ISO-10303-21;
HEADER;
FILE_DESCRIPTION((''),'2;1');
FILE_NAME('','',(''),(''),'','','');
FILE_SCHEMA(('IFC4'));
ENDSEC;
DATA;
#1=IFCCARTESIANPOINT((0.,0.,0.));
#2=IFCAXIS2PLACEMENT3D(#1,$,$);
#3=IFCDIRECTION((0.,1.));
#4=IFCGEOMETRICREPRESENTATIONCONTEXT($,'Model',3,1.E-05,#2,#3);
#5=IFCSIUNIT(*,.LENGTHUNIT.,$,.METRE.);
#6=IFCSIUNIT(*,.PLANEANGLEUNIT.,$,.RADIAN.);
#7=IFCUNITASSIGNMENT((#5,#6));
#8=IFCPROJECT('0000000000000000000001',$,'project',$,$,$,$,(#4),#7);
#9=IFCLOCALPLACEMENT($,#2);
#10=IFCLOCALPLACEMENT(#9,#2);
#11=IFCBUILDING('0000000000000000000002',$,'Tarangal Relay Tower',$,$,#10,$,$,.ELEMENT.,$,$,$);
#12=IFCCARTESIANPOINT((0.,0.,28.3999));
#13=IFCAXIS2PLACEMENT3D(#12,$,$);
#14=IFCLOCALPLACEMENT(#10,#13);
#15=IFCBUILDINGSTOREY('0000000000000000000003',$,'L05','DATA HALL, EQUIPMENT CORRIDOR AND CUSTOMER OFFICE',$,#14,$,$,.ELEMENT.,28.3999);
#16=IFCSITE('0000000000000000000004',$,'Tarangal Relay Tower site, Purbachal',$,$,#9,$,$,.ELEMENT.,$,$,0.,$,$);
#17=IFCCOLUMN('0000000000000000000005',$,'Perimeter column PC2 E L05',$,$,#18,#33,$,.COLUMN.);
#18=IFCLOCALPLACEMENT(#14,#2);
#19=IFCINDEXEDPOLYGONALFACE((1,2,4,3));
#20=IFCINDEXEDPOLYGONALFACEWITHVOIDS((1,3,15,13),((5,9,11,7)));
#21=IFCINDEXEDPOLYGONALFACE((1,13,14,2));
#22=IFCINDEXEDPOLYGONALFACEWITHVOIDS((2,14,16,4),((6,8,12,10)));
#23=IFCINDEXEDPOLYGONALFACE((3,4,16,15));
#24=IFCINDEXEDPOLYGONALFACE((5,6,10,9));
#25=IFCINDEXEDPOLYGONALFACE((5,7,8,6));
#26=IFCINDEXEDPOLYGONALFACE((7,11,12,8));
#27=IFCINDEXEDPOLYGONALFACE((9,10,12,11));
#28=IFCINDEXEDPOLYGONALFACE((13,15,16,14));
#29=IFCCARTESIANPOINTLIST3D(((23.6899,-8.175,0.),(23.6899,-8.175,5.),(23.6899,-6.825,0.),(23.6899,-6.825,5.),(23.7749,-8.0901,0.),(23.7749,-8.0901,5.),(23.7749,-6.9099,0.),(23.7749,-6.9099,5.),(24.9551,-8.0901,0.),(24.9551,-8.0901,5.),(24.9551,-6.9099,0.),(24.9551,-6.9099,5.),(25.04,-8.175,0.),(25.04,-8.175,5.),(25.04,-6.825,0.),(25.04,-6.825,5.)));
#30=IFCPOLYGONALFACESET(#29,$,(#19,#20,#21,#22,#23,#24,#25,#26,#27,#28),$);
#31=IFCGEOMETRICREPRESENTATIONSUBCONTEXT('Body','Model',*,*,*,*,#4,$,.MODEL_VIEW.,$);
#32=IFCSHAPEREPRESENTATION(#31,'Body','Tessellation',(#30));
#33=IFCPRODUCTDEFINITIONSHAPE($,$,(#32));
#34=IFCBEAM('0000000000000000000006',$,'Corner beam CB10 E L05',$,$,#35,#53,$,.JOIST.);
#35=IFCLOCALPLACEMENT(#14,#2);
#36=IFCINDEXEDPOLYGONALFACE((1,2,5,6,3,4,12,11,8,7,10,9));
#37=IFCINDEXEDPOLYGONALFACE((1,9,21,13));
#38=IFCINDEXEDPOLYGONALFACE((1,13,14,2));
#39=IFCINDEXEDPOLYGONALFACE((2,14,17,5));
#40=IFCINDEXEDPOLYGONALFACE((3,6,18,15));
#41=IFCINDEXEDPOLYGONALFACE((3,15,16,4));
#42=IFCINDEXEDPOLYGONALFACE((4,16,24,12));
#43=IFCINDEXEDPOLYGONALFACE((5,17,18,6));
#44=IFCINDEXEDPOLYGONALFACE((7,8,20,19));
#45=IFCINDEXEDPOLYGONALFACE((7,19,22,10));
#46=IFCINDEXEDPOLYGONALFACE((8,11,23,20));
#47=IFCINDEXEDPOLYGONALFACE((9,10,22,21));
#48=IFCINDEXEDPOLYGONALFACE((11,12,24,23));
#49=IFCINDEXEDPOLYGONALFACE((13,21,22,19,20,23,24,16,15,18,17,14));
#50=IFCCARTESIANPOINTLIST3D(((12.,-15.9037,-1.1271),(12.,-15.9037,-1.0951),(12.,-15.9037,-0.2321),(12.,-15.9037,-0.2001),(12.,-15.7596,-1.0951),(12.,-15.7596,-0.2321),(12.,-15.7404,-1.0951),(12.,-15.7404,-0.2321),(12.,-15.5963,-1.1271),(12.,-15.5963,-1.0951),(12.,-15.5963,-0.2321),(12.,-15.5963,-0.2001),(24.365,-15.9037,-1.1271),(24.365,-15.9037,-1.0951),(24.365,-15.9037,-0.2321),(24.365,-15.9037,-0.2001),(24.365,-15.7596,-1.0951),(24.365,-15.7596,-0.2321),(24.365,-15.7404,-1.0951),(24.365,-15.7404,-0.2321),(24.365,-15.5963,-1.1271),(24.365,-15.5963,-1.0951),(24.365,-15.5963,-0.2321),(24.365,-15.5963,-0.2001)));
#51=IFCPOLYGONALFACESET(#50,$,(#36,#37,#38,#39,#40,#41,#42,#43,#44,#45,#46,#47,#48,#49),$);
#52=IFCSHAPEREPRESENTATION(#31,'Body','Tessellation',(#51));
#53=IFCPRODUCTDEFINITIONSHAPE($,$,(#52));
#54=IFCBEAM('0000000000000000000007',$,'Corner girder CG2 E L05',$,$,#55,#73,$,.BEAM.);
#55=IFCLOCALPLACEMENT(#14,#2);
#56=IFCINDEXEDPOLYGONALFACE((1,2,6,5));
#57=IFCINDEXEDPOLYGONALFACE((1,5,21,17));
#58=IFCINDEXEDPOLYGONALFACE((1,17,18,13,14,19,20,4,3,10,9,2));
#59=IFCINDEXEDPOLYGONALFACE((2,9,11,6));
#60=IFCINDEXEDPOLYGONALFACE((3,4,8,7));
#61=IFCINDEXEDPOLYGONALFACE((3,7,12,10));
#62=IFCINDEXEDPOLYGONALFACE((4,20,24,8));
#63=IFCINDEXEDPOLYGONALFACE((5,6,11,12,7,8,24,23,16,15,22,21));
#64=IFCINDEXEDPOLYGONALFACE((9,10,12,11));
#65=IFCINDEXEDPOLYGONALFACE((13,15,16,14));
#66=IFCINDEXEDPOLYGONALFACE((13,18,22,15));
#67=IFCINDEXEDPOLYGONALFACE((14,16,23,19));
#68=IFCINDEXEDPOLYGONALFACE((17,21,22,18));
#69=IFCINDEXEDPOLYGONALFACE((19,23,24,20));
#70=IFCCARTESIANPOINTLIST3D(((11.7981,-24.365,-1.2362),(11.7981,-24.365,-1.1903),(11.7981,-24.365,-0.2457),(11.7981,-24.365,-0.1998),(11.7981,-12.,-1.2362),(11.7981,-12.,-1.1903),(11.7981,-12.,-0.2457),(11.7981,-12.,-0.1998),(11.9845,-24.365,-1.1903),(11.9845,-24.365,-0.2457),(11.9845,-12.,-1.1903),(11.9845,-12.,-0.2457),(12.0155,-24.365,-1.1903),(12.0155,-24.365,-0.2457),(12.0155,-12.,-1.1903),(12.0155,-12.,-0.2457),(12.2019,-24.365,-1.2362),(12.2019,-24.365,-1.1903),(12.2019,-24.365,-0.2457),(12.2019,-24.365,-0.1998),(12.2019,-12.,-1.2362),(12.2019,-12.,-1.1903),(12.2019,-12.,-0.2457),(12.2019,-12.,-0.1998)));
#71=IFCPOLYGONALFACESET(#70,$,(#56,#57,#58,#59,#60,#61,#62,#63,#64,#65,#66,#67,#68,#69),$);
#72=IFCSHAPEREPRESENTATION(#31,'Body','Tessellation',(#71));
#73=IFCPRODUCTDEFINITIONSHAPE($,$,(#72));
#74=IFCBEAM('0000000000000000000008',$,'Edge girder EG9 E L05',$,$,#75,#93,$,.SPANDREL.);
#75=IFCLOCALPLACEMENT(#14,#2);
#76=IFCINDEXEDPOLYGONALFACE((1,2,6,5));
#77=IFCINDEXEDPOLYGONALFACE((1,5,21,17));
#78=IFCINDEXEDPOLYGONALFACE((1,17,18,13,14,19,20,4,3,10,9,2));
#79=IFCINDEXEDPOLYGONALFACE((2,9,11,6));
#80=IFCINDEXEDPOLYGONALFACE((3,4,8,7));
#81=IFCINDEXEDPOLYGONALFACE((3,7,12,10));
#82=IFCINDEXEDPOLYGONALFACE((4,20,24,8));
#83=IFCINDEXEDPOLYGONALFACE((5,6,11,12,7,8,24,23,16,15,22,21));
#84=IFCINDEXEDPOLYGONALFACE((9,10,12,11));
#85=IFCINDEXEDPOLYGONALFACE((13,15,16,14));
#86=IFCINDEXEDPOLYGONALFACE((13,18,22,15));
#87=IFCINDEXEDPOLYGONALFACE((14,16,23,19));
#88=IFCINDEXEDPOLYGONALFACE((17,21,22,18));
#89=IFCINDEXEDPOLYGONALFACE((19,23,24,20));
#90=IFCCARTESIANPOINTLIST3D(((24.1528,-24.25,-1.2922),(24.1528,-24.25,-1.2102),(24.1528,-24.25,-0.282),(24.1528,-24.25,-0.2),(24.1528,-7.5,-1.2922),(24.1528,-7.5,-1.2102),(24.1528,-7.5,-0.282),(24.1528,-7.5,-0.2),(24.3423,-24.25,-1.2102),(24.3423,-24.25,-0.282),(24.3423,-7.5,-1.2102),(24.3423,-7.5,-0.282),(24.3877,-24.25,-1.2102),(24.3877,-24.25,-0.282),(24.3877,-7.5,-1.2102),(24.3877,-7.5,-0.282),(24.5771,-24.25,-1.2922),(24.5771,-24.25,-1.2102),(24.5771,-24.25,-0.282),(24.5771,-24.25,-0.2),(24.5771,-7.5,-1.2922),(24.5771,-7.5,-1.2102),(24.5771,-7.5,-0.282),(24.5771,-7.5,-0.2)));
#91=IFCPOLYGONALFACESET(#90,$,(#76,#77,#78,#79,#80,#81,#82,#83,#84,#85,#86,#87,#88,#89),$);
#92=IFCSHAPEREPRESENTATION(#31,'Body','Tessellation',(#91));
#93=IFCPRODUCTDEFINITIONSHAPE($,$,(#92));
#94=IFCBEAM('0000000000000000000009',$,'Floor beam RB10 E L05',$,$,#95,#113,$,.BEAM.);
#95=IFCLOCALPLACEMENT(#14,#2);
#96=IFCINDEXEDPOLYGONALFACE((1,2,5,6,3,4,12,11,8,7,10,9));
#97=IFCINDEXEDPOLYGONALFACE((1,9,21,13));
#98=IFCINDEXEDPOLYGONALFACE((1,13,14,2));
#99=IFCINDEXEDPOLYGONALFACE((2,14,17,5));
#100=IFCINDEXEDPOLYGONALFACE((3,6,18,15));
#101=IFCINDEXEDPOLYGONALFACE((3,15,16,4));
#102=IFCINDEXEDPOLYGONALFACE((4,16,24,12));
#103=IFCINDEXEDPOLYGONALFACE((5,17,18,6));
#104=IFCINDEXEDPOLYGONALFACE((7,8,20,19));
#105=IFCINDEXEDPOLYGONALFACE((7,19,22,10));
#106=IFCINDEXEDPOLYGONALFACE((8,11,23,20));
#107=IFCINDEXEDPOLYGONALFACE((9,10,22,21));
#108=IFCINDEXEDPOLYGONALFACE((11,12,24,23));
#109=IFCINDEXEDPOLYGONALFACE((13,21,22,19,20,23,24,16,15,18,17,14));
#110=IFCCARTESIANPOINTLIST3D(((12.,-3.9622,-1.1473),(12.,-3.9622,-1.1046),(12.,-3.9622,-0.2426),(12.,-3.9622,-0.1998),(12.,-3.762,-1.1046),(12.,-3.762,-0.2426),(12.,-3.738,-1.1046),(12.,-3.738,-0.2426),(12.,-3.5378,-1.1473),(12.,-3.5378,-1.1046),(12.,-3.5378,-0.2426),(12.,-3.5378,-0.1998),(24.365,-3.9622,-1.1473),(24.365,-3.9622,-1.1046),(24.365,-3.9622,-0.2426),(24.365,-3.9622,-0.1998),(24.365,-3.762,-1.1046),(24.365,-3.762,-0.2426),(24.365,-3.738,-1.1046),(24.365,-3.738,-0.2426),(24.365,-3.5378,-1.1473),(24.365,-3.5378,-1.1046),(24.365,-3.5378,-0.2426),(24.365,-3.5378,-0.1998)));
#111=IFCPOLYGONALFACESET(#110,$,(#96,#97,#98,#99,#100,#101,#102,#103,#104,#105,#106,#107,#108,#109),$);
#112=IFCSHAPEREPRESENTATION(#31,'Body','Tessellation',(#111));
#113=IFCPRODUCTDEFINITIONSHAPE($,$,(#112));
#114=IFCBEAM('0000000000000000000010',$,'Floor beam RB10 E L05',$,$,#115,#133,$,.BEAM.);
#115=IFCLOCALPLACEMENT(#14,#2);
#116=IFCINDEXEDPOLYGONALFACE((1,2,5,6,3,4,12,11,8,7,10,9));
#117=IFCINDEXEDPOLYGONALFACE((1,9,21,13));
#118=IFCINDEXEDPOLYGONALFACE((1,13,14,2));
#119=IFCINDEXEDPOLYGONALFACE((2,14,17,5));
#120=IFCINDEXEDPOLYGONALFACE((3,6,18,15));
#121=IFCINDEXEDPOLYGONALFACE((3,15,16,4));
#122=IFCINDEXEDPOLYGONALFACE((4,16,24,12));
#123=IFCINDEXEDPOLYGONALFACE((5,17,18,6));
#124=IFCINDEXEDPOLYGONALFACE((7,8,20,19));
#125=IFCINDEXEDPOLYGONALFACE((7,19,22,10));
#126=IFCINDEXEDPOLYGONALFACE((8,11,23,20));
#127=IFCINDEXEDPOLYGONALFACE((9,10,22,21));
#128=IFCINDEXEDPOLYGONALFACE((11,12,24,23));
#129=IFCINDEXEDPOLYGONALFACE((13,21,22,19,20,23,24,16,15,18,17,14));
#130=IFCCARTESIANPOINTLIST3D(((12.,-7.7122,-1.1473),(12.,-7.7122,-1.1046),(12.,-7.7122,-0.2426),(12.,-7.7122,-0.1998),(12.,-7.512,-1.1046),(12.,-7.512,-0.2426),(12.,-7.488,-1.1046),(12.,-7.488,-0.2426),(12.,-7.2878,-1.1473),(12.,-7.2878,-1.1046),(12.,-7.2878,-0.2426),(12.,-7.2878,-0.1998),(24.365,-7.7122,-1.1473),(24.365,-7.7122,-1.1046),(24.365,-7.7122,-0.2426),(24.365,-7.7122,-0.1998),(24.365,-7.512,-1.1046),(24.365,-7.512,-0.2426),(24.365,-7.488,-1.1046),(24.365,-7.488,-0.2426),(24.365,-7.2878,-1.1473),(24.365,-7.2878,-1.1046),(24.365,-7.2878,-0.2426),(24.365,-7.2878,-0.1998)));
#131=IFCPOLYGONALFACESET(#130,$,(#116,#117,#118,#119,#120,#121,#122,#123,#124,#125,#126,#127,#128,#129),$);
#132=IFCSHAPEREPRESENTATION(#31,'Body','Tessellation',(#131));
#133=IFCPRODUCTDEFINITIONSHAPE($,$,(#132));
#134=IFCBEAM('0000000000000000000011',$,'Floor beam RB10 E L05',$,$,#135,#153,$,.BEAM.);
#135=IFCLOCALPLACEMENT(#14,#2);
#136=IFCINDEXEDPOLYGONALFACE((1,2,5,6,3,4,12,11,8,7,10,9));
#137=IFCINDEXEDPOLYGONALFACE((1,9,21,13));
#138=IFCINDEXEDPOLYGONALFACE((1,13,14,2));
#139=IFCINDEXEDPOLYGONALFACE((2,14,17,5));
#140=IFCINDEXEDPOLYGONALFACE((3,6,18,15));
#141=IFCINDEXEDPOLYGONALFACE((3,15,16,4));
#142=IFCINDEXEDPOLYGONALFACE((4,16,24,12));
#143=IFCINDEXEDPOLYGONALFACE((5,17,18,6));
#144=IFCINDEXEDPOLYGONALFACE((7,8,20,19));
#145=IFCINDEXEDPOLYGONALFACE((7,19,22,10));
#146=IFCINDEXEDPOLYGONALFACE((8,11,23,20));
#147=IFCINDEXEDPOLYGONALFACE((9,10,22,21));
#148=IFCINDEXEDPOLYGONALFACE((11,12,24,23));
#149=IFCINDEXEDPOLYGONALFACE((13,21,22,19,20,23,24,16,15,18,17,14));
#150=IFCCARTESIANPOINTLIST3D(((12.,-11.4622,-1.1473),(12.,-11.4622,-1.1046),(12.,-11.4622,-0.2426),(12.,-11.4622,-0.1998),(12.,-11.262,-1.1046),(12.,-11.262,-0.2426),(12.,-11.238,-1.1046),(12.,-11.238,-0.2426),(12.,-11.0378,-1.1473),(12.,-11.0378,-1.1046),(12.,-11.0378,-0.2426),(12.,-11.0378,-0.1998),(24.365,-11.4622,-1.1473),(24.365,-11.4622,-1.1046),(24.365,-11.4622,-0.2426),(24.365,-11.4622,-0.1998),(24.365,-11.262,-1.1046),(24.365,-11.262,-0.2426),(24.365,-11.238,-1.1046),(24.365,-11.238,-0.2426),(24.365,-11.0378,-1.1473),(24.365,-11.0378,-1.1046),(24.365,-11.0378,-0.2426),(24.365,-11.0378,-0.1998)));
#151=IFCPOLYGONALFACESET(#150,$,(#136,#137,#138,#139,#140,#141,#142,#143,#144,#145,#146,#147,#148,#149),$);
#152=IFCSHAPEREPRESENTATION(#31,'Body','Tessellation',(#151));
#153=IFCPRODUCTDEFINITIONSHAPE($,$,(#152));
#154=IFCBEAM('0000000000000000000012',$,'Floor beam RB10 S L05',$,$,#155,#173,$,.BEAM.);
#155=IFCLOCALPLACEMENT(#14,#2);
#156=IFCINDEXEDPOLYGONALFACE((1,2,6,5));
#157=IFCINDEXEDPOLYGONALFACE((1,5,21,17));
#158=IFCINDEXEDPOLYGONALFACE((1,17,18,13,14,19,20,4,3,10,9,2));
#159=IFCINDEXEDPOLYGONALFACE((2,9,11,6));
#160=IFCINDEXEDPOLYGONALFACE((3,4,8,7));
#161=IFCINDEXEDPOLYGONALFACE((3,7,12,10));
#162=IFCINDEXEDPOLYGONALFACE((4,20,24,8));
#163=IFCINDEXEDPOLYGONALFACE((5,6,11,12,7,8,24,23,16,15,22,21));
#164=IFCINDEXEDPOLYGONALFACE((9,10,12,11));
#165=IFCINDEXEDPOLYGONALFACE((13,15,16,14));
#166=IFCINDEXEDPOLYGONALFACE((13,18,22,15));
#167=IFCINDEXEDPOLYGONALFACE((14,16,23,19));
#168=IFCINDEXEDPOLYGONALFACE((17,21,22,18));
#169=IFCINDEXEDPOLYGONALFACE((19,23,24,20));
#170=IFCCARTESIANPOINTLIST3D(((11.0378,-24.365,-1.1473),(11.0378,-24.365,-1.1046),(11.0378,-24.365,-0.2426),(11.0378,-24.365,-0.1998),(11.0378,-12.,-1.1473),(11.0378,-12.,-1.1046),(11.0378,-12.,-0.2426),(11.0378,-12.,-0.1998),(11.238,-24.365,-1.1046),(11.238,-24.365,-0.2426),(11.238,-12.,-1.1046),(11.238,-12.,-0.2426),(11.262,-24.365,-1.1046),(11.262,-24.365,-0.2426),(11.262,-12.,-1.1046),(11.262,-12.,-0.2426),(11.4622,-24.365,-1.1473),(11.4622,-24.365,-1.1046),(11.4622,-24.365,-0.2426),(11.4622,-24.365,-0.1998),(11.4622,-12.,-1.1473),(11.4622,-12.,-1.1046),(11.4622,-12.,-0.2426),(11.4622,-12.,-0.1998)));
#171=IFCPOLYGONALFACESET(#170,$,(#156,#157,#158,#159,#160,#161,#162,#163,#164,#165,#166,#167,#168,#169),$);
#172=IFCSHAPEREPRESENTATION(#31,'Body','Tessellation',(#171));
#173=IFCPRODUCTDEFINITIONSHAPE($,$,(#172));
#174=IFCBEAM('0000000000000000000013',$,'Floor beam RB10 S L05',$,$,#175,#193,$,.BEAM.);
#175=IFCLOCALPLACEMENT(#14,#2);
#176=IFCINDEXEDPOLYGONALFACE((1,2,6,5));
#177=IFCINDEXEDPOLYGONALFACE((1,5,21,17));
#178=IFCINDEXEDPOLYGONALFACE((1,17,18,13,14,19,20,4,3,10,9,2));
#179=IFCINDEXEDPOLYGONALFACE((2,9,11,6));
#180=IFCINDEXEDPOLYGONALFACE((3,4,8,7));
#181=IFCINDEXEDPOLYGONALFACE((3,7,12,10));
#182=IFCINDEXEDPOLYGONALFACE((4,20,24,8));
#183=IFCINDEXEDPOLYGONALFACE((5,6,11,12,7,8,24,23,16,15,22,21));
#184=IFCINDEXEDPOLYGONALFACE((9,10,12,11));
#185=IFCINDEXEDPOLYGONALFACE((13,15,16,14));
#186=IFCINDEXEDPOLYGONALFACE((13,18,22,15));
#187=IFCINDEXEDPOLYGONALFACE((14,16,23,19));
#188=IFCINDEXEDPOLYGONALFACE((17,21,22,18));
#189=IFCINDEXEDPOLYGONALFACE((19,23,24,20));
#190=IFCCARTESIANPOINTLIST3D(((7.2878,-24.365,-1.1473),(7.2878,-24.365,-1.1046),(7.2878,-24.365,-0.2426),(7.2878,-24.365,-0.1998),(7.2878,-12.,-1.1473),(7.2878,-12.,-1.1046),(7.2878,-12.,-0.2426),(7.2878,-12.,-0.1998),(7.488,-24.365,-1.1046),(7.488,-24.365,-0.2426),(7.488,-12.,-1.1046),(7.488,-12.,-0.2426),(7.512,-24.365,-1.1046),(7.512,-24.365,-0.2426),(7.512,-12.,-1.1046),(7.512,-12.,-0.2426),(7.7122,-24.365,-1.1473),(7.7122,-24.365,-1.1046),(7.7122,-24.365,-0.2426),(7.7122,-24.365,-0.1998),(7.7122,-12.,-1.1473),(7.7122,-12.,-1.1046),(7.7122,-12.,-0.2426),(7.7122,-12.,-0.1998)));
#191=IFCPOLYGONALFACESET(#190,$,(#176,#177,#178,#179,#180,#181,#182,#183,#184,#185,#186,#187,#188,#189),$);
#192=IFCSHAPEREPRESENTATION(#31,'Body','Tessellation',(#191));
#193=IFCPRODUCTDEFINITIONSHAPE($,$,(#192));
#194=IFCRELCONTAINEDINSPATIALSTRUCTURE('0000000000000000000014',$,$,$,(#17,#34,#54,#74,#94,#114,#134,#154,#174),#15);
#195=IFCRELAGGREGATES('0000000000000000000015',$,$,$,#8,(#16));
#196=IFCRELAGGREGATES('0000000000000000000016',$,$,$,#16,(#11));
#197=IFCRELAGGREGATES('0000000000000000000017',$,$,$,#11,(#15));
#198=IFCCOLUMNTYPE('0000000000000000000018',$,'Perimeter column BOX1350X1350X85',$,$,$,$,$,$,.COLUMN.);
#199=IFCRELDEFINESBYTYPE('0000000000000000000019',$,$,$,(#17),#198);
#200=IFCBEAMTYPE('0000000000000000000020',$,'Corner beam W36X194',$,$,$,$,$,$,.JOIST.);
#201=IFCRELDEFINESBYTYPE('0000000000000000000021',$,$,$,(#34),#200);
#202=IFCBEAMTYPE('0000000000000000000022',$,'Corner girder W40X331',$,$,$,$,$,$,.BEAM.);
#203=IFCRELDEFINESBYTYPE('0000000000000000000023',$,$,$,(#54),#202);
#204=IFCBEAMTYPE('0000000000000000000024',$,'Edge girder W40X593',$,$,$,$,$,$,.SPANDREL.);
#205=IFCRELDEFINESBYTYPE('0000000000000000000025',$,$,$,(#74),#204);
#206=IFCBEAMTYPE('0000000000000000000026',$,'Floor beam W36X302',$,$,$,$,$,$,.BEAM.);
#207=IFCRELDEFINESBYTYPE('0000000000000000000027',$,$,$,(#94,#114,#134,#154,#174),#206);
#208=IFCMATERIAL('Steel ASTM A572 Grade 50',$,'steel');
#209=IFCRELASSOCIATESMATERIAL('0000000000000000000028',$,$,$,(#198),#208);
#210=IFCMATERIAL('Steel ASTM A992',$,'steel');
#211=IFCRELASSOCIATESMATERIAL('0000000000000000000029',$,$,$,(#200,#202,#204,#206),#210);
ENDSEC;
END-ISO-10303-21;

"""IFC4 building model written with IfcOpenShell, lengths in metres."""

from ifc_helpers import new_model, si_unit, direction, frame, origin, origin_2d, place, context, subcontext, project, spatial, hollow_rectangle, i_section, extrude, material, material_profile, profile_set, type_object, element, save


model = new_model("IFC4")

# Units and contexts
model_context = context("Model", 3, precision=1e-05, world=origin(), true_north=direction((0.0, 1.0)))
body_context = subcontext(model_context, "Body", "Model", "MODEL_VIEW")
ifc_project = project(units=[si_unit("LENGTHUNIT", "METRE"), si_unit("PLANEANGLEUNIT", "RADIAN")], contexts=[model_context])

# Site, building, storey
site_placement = place(None, origin())
site = spatial("IfcSite", under=ifc_project, at=site_placement, Name="Tarangal Relay Tower site, Purbachal", CompositionType="ELEMENT", RefElevation=0.0)
building_placement = place(site_placement, origin())
building = spatial("IfcBuilding", under=site, at=building_placement, Name="Tarangal Relay Tower", CompositionType="ELEMENT")
storey_placement = place(building_placement, frame((0.0, 0.0, 28.3999)))
storey = spatial("IfcBuildingStorey", under=building, at=storey_placement, Name="L05", Description="DATA HALL, EQUIPMENT CORRIDOR AND CUSTOMER OFFICE", CompositionType="ELEMENT", Elevation=28.3999)

# Column
ifc_material_1 = material(Name="Steel ASTM A572 Grade 50", Category="steel")
ifc_material_profile_1 = material_profile(ifc_material_1, hollow_rectangle(XDim=1.3501, YDim=1.3501, WallThickness=0.085, at=origin_2d()), Name="BOX1350X1350X85")
ifc_profile_set_1 = profile_set([ifc_material_profile_1], Name="Steel ASTM A572 Grade 50")
column_type = type_object("IfcColumnType", Name="Perimeter column BOX1350X1350X85", PredefinedType="COLUMN", material=ifc_profile_set_1)
column_placement = place(storey_placement, frame((24.365, -7.5, 0.0), z_axis=(0.0, 0.0, 1.0), x_axis=(1.0, 0.0, 0.0)))
element("IfcColumn", 1, at=column_placement, inside=storey, type_object=column_type, Name="Perimeter column PC2 E L05", PredefinedType="COLUMN", context=body_context, shape_type="SweptSolid", body=[
    extrude(hollow_rectangle(XDim=1.3501, YDim=1.3501, WallThickness=0.085, at=origin_2d()), origin(), (0.0, 0.0, 1.0), 5.0),
])

# Beams
ifc_material_2 = material(Name="Steel ASTM A992", Category="steel")
ifc_material_profile_2 = material_profile(ifc_material_2, i_section(OverallWidth=0.3074, OverallDepth=0.927, WebThickness=0.0193, FlangeThickness=0.032, at=origin_2d()), Name="W36X194")
ifc_profile_set_2 = profile_set([ifc_material_profile_2], Name="Steel ASTM A992")
beam_type_1 = type_object("IfcBeamType", Name="Corner beam W36X194", PredefinedType="JOIST", material=ifc_profile_set_2)
beam_1_placement = place(storey_placement, frame((12.0, -15.75, -0.6636), z_axis=(1.0, 0.0, 0.0), x_axis=(0.0, 1.0, 0.0)))
element("IfcBeam", 2, at=beam_1_placement, inside=storey, type_object=beam_type_1, Name="Corner beam CB10 E L05", PredefinedType="JOIST", context=body_context, shape_type="SweptSolid", body=[
    extrude(i_section(OverallWidth=0.3074, OverallDepth=0.927, WebThickness=0.0193, FlangeThickness=0.032, at=origin_2d()), origin(), (0.0, 0.0, 1.0), 12.365),
])
ifc_material_profile_3 = material_profile(ifc_material_2, i_section(OverallWidth=0.4038, OverallDepth=1.0364, WebThickness=0.031, FlangeThickness=0.0459, at=origin_2d()), Name="W40X331")
ifc_profile_set_3 = profile_set([ifc_material_profile_3], Name="Steel ASTM A992")
beam_type_2 = type_object("IfcBeamType", Name="Corner girder W40X331", PredefinedType="BEAM", material=ifc_profile_set_3)
beam_2_placement = place(storey_placement, frame((12.0, -12.0, -0.718), z_axis=(0.0, -1.0, 0.0), x_axis=(1.0, 0.0, 0.0)))
element("IfcBeam", 3, at=beam_2_placement, inside=storey, type_object=beam_type_2, Name="Corner girder CG2 E L05", PredefinedType="BEAM", context=body_context, shape_type="SweptSolid", body=[
    extrude(i_section(OverallWidth=0.4038, OverallDepth=1.0364, WebThickness=0.031, FlangeThickness=0.0459, at=origin_2d()), origin(), (0.0, 0.0, 1.0), 12.365),
])
ifc_material_profile_4 = material_profile(ifc_material_2, i_section(OverallWidth=0.4243, OverallDepth=1.0923, WebThickness=0.0454, FlangeThickness=0.082, at=origin_2d()), Name="W40X593")
ifc_profile_set_4 = profile_set([ifc_material_profile_4], Name="Steel ASTM A992")
beam_type_3 = type_object("IfcBeamType", Name="Edge girder W40X593", PredefinedType="SPANDREL", material=ifc_profile_set_4)
beam_3_placement = place(storey_placement, frame((24.365, -7.5, -0.7461), z_axis=(0.0, -1.0, 0.0), x_axis=(1.0, 0.0, 0.0)))
element("IfcBeam", 4, at=beam_3_placement, inside=storey, type_object=beam_type_3, Name="Edge girder EG9 E L05", PredefinedType="SPANDREL", context=body_context, shape_type="SweptSolid", body=[
    extrude(i_section(OverallWidth=0.4243, OverallDepth=1.0923, WebThickness=0.0454, FlangeThickness=0.082, at=origin_2d()), origin(), (0.0, 0.0, 1.0), 16.75),
])
ifc_material_profile_5 = material_profile(ifc_material_2, i_section(OverallWidth=0.4243, OverallDepth=0.9475, WebThickness=0.0239, FlangeThickness=0.0427, at=origin_2d()), Name="W36X302")
ifc_profile_set_5 = profile_set([ifc_material_profile_5], Name="Steel ASTM A992")
beam_type_4 = type_object("IfcBeamType", Name="Floor beam W36X302", PredefinedType="BEAM", material=ifc_profile_set_5)
for number, where, z_axis, x_axis, name in (
    (5, (12.0, -3.75, -0.6736), (1.0, 0.0, 0.0), (0.0, 1.0, 0.0), "Floor beam RB10 E L05"),
    (6, (12.0, -7.5, -0.6736), (1.0, 0.0, 0.0), (0.0, 1.0, 0.0), "Floor beam RB10 E L05"),
    (7, (12.0, -11.25, -0.6736), (1.0, 0.0, 0.0), (0.0, 1.0, 0.0), "Floor beam RB10 E L05"),
    (8, (11.25, -12.0, -0.6736), (0.0, -1.0, 0.0), (1.0, 0.0, 0.0), "Floor beam RB10 S L05"),
    (9, (7.5, -12.0, -0.6736), (0.0, -1.0, 0.0), (1.0, 0.0, 0.0), "Floor beam RB10 S L05"),
):
    element("IfcBeam", number, at=place(storey_placement, frame(where, z_axis=z_axis, x_axis=x_axis)), inside=storey, type_object=beam_type_4, Name=name, PredefinedType="BEAM", context=body_context, shape_type="SweptSolid", body=[
        extrude(i_section(OverallWidth=0.4243, OverallDepth=0.9475, WebThickness=0.0239, FlangeThickness=0.0427, at=origin_2d()), origin(), (0.0, 0.0, 1.0), 12.365),
    ])

save(model, "model.ifc")
